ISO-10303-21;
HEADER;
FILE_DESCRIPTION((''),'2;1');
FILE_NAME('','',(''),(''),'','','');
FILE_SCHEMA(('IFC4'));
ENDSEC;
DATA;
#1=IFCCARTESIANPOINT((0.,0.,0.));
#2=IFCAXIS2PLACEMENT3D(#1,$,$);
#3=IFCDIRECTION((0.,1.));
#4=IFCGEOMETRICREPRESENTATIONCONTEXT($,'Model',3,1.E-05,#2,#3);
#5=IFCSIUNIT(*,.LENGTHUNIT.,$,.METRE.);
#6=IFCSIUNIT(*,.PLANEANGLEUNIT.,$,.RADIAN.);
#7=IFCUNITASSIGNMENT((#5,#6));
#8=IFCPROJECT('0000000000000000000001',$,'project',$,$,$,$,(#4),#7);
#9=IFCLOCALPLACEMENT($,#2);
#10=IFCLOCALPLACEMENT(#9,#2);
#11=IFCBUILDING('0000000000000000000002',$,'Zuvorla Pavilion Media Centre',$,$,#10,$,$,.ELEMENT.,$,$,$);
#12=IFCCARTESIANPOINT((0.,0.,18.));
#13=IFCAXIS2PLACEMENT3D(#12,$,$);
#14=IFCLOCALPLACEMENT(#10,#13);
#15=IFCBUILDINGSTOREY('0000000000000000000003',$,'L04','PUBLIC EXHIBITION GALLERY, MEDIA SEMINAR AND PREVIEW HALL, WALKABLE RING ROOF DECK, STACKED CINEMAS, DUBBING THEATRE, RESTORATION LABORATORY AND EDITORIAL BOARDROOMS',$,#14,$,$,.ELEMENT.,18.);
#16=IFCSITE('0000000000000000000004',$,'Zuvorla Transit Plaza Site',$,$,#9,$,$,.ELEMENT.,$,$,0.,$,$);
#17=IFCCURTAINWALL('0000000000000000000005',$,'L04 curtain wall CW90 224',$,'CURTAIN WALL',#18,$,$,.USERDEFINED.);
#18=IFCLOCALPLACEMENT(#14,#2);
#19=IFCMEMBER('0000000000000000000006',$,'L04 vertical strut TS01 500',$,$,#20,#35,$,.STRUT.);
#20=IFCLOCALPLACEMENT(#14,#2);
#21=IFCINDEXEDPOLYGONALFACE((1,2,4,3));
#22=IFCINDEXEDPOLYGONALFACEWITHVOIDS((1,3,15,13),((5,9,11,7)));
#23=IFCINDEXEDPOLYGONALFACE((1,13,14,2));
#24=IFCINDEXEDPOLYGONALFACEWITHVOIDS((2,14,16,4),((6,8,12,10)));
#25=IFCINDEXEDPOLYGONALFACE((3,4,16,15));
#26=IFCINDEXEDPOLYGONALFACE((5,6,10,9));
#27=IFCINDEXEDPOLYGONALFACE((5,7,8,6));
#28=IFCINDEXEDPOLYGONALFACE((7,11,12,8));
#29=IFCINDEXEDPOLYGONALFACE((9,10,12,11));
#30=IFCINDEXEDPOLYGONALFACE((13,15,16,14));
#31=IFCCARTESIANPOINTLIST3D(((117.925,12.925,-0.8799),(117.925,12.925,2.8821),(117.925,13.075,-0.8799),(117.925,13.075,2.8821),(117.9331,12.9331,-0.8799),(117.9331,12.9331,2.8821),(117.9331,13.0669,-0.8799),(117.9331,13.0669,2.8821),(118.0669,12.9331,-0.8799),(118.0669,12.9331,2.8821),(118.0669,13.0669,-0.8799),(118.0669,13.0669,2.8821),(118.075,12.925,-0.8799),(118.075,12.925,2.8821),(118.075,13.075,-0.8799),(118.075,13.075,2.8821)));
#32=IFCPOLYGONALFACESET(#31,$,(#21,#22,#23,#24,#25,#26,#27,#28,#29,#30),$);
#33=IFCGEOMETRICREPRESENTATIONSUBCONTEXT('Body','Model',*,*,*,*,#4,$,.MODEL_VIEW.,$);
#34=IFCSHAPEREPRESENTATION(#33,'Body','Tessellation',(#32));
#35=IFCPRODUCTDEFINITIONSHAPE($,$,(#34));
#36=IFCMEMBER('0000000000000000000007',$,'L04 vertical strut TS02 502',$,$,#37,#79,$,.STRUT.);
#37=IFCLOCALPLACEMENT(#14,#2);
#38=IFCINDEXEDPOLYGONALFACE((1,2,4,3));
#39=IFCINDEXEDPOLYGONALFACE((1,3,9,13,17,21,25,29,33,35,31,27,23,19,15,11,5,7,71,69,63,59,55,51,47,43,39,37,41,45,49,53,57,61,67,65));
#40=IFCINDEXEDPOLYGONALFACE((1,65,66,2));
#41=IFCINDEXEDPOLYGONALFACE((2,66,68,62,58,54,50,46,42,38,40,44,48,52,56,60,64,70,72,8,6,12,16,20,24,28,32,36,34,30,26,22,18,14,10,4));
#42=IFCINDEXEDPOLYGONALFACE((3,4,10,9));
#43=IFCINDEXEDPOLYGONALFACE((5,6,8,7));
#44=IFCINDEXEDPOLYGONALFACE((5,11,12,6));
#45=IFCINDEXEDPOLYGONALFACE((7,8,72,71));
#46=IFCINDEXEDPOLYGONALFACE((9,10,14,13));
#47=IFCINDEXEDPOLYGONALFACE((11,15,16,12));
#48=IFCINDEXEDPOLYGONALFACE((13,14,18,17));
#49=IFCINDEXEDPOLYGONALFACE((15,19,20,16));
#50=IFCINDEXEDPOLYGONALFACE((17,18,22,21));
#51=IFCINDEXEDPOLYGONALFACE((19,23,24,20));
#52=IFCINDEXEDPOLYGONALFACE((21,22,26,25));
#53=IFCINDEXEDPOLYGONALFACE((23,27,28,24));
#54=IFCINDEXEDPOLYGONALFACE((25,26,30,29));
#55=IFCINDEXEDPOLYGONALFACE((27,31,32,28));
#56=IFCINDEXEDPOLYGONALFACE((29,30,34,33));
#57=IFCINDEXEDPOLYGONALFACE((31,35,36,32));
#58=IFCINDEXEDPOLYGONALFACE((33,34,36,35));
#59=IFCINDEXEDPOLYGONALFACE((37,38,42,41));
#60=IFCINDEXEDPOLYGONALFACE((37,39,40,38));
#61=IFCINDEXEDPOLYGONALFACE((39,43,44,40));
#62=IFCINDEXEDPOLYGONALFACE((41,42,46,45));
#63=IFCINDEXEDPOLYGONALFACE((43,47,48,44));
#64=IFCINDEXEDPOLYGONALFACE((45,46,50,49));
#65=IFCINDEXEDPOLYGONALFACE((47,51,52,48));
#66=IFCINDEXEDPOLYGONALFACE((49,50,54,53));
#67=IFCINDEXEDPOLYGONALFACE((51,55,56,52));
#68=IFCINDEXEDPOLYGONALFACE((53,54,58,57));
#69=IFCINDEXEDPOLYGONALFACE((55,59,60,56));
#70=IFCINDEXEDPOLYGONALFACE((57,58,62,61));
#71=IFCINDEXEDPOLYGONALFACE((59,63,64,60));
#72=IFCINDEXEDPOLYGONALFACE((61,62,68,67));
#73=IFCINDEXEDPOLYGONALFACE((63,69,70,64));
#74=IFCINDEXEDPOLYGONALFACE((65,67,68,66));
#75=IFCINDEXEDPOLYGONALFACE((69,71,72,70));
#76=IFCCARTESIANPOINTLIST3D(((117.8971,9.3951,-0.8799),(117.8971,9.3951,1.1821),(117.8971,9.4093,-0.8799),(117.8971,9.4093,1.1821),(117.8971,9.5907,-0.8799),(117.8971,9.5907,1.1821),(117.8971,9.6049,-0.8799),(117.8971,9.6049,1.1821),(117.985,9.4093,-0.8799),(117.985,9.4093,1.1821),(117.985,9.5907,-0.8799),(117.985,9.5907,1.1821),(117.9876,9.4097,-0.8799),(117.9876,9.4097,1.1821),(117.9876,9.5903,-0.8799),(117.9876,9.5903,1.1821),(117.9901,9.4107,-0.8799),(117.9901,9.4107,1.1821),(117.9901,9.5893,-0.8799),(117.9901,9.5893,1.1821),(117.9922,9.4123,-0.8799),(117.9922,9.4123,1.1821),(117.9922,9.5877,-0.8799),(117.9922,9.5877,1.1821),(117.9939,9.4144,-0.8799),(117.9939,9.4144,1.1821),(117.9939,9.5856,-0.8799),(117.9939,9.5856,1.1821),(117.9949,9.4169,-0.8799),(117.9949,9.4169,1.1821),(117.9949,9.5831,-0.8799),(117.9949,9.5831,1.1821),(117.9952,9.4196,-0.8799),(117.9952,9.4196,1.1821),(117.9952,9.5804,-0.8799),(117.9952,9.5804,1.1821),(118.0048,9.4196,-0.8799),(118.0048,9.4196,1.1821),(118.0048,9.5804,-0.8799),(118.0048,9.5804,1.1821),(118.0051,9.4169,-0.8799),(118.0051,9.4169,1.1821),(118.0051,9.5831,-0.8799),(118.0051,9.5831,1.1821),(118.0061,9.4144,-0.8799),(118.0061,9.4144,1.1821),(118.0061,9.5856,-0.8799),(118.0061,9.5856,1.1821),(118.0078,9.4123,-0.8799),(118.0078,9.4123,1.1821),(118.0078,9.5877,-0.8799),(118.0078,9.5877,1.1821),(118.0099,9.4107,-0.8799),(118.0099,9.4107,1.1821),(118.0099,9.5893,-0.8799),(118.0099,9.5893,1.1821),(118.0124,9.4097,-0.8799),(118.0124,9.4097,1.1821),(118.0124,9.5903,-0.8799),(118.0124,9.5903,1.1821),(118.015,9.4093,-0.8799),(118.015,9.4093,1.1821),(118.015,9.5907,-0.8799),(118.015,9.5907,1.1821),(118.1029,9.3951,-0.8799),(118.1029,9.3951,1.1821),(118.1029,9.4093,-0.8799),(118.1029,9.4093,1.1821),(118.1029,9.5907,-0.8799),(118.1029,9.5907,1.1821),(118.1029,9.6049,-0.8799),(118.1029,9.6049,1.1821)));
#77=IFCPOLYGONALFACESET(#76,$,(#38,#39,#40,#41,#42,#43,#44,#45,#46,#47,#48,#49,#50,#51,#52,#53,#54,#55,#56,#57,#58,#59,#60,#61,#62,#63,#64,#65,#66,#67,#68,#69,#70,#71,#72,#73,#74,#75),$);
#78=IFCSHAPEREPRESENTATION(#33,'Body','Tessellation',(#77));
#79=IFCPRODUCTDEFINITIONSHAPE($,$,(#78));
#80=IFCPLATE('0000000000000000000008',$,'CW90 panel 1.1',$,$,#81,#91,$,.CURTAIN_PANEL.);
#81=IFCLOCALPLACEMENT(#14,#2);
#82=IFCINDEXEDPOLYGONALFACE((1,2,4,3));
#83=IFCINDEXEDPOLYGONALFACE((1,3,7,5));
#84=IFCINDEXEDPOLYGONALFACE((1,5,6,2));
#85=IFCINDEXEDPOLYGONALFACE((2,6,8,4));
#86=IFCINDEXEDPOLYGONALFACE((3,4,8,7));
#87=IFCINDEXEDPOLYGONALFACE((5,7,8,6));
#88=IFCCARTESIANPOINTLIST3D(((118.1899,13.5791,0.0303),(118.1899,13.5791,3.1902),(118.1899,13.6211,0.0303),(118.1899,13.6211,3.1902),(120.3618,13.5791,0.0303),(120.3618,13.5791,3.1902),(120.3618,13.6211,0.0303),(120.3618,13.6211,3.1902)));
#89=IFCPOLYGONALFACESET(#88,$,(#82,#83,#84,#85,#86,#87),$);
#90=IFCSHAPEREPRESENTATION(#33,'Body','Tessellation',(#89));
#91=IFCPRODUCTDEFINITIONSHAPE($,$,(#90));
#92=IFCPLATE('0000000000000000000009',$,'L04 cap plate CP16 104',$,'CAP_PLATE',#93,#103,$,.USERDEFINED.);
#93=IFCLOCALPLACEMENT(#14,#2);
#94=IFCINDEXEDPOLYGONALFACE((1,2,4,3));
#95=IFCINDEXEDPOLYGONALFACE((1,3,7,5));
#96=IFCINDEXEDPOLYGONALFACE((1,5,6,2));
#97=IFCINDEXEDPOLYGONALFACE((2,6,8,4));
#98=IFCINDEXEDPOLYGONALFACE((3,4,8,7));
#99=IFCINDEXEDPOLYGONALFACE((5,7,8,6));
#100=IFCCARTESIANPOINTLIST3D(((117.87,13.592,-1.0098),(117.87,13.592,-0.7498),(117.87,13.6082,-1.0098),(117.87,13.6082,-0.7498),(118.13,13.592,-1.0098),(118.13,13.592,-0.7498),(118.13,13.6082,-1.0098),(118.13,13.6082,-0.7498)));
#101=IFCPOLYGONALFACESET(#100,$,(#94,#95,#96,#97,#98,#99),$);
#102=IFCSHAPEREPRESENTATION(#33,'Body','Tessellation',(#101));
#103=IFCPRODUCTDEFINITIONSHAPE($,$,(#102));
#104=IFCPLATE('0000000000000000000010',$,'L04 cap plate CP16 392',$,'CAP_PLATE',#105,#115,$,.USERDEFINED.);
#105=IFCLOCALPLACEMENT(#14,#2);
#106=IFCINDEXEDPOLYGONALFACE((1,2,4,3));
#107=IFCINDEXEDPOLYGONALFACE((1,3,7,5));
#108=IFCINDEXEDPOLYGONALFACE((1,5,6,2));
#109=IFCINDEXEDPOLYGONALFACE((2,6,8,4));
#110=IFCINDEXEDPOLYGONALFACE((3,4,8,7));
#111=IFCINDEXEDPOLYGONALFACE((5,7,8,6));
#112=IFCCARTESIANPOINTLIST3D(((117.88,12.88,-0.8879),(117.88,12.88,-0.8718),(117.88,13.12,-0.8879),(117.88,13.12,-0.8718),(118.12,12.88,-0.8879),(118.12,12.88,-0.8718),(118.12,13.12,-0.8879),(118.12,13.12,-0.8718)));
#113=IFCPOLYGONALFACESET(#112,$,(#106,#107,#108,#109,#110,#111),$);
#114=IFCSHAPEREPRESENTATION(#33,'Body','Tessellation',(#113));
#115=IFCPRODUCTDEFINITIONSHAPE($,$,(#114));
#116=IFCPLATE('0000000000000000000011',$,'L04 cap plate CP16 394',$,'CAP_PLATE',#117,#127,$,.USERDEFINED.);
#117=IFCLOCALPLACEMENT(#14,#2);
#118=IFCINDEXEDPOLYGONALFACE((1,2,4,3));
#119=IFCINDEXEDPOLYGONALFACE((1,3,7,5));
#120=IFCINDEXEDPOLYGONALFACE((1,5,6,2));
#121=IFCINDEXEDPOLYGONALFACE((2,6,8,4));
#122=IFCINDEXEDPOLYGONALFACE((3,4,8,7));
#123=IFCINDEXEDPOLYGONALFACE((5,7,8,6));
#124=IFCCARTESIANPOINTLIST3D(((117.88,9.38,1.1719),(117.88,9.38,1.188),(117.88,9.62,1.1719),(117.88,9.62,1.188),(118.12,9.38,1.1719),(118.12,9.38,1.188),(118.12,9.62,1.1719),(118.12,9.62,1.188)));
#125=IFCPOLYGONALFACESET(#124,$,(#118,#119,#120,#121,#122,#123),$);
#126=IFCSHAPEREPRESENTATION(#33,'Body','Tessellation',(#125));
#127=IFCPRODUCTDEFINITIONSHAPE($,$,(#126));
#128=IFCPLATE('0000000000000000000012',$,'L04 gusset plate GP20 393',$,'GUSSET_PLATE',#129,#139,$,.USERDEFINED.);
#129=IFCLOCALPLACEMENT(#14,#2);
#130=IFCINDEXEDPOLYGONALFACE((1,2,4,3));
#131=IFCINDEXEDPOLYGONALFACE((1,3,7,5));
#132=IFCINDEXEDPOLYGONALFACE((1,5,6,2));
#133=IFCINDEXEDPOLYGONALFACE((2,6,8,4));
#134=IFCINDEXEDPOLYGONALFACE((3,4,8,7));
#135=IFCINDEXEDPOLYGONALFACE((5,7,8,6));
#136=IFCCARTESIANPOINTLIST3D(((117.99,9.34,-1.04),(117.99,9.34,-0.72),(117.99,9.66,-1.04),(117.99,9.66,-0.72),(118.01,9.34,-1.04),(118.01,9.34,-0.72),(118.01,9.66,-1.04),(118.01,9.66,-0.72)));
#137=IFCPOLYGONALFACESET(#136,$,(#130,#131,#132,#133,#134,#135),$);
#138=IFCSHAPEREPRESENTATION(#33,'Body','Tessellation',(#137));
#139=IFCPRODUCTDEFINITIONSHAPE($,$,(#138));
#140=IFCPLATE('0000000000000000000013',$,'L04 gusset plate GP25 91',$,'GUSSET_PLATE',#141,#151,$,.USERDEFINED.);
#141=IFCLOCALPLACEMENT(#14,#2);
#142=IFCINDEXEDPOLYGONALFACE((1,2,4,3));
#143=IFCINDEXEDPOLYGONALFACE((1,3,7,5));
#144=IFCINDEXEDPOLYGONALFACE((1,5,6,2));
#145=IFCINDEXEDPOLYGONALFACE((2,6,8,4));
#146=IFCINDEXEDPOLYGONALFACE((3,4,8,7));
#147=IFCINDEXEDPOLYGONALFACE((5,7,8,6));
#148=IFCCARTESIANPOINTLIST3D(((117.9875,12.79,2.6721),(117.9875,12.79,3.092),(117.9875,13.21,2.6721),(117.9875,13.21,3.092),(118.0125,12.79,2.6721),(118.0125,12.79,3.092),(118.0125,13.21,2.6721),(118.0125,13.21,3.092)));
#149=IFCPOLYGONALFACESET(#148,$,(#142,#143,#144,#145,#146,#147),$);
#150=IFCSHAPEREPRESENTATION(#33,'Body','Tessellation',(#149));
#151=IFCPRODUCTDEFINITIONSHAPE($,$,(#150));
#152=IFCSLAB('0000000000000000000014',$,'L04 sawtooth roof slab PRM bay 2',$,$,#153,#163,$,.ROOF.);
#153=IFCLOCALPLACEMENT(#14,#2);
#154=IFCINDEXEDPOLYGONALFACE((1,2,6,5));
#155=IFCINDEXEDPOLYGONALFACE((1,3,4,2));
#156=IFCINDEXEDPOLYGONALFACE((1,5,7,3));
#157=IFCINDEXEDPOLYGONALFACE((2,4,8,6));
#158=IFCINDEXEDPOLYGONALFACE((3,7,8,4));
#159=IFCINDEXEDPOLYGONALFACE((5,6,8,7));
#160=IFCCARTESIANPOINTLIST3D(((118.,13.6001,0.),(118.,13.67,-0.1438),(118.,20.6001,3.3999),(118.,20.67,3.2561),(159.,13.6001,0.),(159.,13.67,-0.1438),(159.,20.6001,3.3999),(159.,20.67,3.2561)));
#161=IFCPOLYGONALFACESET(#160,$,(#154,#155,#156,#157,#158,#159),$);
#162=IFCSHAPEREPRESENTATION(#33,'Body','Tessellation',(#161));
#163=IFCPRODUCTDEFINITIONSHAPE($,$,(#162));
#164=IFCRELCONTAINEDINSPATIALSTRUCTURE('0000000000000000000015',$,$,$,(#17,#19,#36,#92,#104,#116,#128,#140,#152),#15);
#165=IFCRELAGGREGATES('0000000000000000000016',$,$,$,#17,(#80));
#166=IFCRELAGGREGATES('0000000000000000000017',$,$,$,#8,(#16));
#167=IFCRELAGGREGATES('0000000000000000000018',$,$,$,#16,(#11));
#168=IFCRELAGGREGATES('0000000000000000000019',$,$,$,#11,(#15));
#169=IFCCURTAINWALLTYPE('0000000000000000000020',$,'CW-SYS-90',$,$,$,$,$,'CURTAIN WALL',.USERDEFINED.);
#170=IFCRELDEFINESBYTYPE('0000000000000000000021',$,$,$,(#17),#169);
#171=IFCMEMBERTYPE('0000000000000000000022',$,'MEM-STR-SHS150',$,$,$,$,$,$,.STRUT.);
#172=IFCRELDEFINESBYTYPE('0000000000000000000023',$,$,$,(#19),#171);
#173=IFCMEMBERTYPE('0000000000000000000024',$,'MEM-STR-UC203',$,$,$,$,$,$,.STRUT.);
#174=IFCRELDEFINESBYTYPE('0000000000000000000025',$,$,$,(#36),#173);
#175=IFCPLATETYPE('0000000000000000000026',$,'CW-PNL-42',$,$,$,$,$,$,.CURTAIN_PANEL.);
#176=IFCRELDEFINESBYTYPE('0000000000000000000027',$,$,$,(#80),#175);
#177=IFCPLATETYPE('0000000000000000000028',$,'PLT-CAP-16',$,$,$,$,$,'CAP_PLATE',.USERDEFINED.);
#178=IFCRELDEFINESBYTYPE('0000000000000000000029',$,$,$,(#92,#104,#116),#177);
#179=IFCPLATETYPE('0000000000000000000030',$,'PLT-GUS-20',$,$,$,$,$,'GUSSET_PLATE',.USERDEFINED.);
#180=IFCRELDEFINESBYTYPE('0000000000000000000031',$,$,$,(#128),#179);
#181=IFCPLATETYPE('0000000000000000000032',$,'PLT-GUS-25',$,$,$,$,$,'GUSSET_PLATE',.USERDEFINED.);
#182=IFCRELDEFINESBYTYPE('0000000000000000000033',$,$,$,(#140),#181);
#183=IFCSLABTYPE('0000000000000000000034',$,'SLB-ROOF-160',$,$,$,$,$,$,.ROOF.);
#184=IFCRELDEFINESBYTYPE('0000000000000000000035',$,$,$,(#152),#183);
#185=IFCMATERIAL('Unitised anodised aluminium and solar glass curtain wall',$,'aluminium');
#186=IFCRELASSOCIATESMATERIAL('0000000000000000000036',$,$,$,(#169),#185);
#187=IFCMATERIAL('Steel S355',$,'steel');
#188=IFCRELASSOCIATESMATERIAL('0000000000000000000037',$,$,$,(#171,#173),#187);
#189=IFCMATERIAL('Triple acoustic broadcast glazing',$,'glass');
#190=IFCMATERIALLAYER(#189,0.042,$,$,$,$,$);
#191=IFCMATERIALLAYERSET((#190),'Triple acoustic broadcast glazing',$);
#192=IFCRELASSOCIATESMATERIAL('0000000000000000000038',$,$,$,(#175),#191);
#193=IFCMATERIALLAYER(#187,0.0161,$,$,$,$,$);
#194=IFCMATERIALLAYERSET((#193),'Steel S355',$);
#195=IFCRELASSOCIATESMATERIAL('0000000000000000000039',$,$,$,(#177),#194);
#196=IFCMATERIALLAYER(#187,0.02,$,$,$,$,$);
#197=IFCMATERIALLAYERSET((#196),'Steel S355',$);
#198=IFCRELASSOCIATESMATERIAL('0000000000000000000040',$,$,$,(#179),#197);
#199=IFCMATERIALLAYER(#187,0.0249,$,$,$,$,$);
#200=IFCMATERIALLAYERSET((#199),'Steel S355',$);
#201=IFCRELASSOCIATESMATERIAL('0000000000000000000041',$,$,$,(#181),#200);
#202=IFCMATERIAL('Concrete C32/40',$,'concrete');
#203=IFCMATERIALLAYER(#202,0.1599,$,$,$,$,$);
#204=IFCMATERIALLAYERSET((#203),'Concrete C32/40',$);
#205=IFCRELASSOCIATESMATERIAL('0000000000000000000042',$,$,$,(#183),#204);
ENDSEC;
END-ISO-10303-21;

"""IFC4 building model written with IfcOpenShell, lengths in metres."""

from ifc_helpers import new_model, si_unit, direction, frame, origin, origin_2d, place, context, subcontext, project, spatial, polyline, rectangle, hollow_rectangle, i_section, outline, extrude, material, layer, layer_set, material_profile, profile_set, type_object, element, aggregate, save


model = new_model("IFC4")

# Units and contexts
model_context = context("Model", 3, precision=1e-05, world=origin(), true_north=direction((0.0, 1.0)))
body_context = subcontext(model_context, "Body", "Model", "MODEL_VIEW")
ifc_project = project(units=[si_unit("LENGTHUNIT", "METRE"), si_unit("PLANEANGLEUNIT", "RADIAN")], contexts=[model_context])

# Site, building, storey
site_placement = place(None, origin())
site = spatial("IfcSite", under=ifc_project, at=site_placement, Name="Zuvorla Transit Plaza Site", CompositionType="ELEMENT", RefElevation=0.0)
building_placement = place(site_placement, origin())
building = spatial("IfcBuilding", under=site, at=building_placement, Name="Zuvorla Pavilion Media Centre", CompositionType="ELEMENT")
storey_placement = place(building_placement, frame((0.0, 0.0, 18.0)))
storey = spatial("IfcBuildingStorey", under=building, at=storey_placement, Name="L04", Description="PUBLIC EXHIBITION GALLERY, MEDIA SEMINAR AND PREVIEW HALL, WALKABLE RING ROOF DECK, STACKED CINEMAS, DUBBING THEATRE, RESTORATION LABORATORY AND EDITORIAL BOARDROOMS", CompositionType="ELEMENT", Elevation=18.0)

# Curtain wall
ifc_material_1 = material(Name="Unitised anodised aluminium and solar glass curtain wall", Category="aluminium")
curtain_wall_type = type_object("IfcCurtainWallType", Name="CW-SYS-90", ElementType="CURTAIN WALL", PredefinedType="USERDEFINED", material=ifc_material_1)
curtain_wall_placement = place(storey_placement, origin())
curtain_wall = element("IfcCurtainWall", 1, at=curtain_wall_placement, inside=storey, type_object=curtain_wall_type, Name="L04 curtain wall CW90 224", ObjectType="CURTAIN WALL", PredefinedType="USERDEFINED")

# Members
ifc_material_2 = material(Name="Steel S355", Category="steel")
ifc_material_profile_1 = material_profile(ifc_material_2, hollow_rectangle(XDim=0.1499, YDim=0.1499, WallThickness=0.0081, at=origin_2d()), Name="SHS 150x150x8")
ifc_profile_set_1 = profile_set([ifc_material_profile_1], Name="Steel S355")
member_type_1 = type_object("IfcMemberType", Name="MEM-STR-SHS150", PredefinedType="STRUT", material=ifc_profile_set_1)
member_1_placement = place(storey_placement, frame((118.0, 13.0, -0.8799), z_axis=(0.0, 0.0, 1.0), x_axis=(1.0, 0.0, 0.0)))
element("IfcMember", 2, at=member_1_placement, inside=storey, type_object=member_type_1, Name="L04 vertical strut TS01 500", PredefinedType="STRUT", context=body_context, shape_type="SweptSolid", body=[
    extrude(hollow_rectangle(XDim=0.1499, YDim=0.1499, WallThickness=0.0081, at=origin_2d()), origin(), (0.0, 0.0, 1.0), 3.762),
])
ifc_material_profile_2 = material_profile(ifc_material_2, i_section(OverallWidth=0.2058, OverallDepth=0.2097, WebThickness=0.0095, FlangeThickness=0.0142, FilletRadius=0.0103, at=origin_2d()), Name="UC 203x203x60")
ifc_profile_set_2 = profile_set([ifc_material_profile_2], Name="Steel S355")
member_type_2 = type_object("IfcMemberType", Name="MEM-STR-UC203", PredefinedType="STRUT", material=ifc_profile_set_2)
member_2_placement = place(storey_placement, frame((118.0, 9.5, -0.8799), z_axis=(0.0, 0.0, 1.0), x_axis=(1.0, 0.0, 0.0)))
element("IfcMember", 3, at=member_2_placement, inside=storey, type_object=member_type_2, Name="L04 vertical strut TS02 502", PredefinedType="STRUT", context=body_context, shape_type="SweptSolid", body=[
    extrude(i_section(OverallWidth=0.2058, OverallDepth=0.2097, WebThickness=0.0095, FlangeThickness=0.0142, FilletRadius=0.0103, at=origin_2d()), origin(), (0.0, 0.0, 1.0), 2.062),
])

# Plate
ifc_material_3 = material(Name="Triple acoustic broadcast glazing", Category="glass")
ifc_layer_1 = layer(ifc_material_3, 0.042)
ifc_layer_set_1 = layer_set([ifc_layer_1], Name="Triple acoustic broadcast glazing")
plate_type_1 = type_object("IfcPlateType", Name="CW-PNL-42", PredefinedType="CURTAIN_PANEL", material=ifc_layer_set_1)
plate_1_placement = place(storey_placement, frame((119.2759, 13.6001, 0.0303), z_axis=(0.0, 0.0, 1.0), x_axis=(1.0, 0.0, 0.0)))
plate_1 = element("IfcPlate", 4, at=plate_1_placement, type_object=plate_type_1, Name="CW90 panel 1.1", PredefinedType="CURTAIN_PANEL", context=body_context, shape_type="SweptSolid", body=[
    extrude(rectangle(XDim=2.1719, YDim=0.042, at=origin_2d()), origin(), (0.0, 0.0, 1.0), 3.1599),
])
aggregate(curtain_wall, [plate_1])

# Plates
ifc_layer_2 = layer(ifc_material_2, 0.0161)
ifc_layer_set_2 = layer_set([ifc_layer_2], Name="Steel S355")
plate_type_2 = type_object("IfcPlateType", Name="PLT-CAP-16", ElementType="CAP_PLATE", PredefinedType="USERDEFINED", material=ifc_layer_set_2)
plate_2_placement = place(storey_placement, frame((118.0, 13.6001, -1.0098), z_axis=(0.0, 0.0, 1.0), x_axis=(1.0, 0.0, 0.0)))
element("IfcPlate", 5, at=plate_2_placement, inside=storey, type_object=plate_type_2, Name="L04 cap plate CP16 104", ObjectType="CAP_PLATE", PredefinedType="USERDEFINED", context=body_context, shape_type="SweptSolid", body=[
    extrude(rectangle(XDim=0.26, YDim=0.0161, at=origin_2d()), origin(), (0.0, 0.0, 1.0), 0.26),
])
for number, where, z_axis, x_axis, name in (
    (6, (118.0, 13.0, -0.8879), (0.0, 0.0, 1.0), (1.0, 0.0, 0.0), "L04 cap plate CP16 392"),
    (7, (118.0, 9.5, 1.1719), (0.0, 0.0, 1.0), (1.0, 0.0, 0.0), "L04 cap plate CP16 394"),
):
    element("IfcPlate", number, at=place(storey_placement, frame(where, z_axis=z_axis, x_axis=x_axis)), inside=storey, type_object=plate_type_2, Name=name, ObjectType="CAP_PLATE", PredefinedType="USERDEFINED", context=body_context, shape_type="SweptSolid", body=[
        extrude(rectangle(XDim=0.24, YDim=0.24, at=origin_2d()), origin(), (0.0, 0.0, 1.0), 0.0161),
    ])
ifc_layer_3 = layer(ifc_material_2, 0.02)
ifc_layer_set_3 = layer_set([ifc_layer_3], Name="Steel S355")
plate_type_3 = type_object("IfcPlateType", Name="PLT-GUS-20", ElementType="GUSSET_PLATE", PredefinedType="USERDEFINED", material=ifc_layer_set_3)
plate_3_placement = place(storey_placement, frame((118.0, 9.5, -1.04), z_axis=(0.0, 0.0, 1.0), x_axis=(1.0, 0.0, 0.0)))
element("IfcPlate", 8, at=plate_3_placement, inside=storey, type_object=plate_type_3, Name="L04 gusset plate GP20 393", ObjectType="GUSSET_PLATE", PredefinedType="USERDEFINED", context=body_context, shape_type="SweptSolid", body=[
    extrude(rectangle(XDim=0.02, YDim=0.3201, at=origin_2d()), origin(), (0.0, 0.0, 1.0), 0.3201),
])
ifc_layer_4 = layer(ifc_material_2, 0.0249)
ifc_layer_set_4 = layer_set([ifc_layer_4], Name="Steel S355")
plate_type_4 = type_object("IfcPlateType", Name="PLT-GUS-25", ElementType="GUSSET_PLATE", PredefinedType="USERDEFINED", material=ifc_layer_set_4)
plate_4_placement = place(storey_placement, frame((118.0, 13.0, 2.6721), z_axis=(0.0, 0.0, 1.0), x_axis=(1.0, 0.0, 0.0)))
element("IfcPlate", 9, at=plate_4_placement, inside=storey, type_object=plate_type_4, Name="L04 gusset plate GP25 91", ObjectType="GUSSET_PLATE", PredefinedType="USERDEFINED", context=body_context, shape_type="SweptSolid", body=[
    extrude(rectangle(XDim=0.0249, YDim=0.4199, at=origin_2d()), origin(), (0.0, 0.0, 1.0), 0.4199),
])

# Slab
ifc_material_4 = material(Name="Concrete C32/40", Category="concrete")
ifc_layer_5 = layer(ifc_material_4, 0.1599)
ifc_layer_set_5 = layer_set([ifc_layer_5], Name="Concrete C32/40")
slab_type = type_object("IfcSlabType", Name="SLB-ROOF-160", PredefinedType="ROOF", material=ifc_layer_set_5)
slab_placement = place(storey_placement, frame((118.0, 13.6001, 0.0), z_axis=(0.0, -0.436894, 0.899513), x_axis=(1.0, 0.0, 0.0)))
element("IfcSlab", 10, at=slab_placement, inside=storey, type_object=slab_type, Name="L04 sawtooth roof slab PRM bay 2", PredefinedType="ROOF", context=body_context, shape_type="SweptSolid", body=[
    extrude(outline(polyline([(0.0, 0.0), (41.0, 0.0), (41.0, 7.782), (0.0, 7.782), (0.0, 0.0)])), origin(), (0.0, 0.0, -1.0), 0.1599),
])

save(model, "model.ifc")
